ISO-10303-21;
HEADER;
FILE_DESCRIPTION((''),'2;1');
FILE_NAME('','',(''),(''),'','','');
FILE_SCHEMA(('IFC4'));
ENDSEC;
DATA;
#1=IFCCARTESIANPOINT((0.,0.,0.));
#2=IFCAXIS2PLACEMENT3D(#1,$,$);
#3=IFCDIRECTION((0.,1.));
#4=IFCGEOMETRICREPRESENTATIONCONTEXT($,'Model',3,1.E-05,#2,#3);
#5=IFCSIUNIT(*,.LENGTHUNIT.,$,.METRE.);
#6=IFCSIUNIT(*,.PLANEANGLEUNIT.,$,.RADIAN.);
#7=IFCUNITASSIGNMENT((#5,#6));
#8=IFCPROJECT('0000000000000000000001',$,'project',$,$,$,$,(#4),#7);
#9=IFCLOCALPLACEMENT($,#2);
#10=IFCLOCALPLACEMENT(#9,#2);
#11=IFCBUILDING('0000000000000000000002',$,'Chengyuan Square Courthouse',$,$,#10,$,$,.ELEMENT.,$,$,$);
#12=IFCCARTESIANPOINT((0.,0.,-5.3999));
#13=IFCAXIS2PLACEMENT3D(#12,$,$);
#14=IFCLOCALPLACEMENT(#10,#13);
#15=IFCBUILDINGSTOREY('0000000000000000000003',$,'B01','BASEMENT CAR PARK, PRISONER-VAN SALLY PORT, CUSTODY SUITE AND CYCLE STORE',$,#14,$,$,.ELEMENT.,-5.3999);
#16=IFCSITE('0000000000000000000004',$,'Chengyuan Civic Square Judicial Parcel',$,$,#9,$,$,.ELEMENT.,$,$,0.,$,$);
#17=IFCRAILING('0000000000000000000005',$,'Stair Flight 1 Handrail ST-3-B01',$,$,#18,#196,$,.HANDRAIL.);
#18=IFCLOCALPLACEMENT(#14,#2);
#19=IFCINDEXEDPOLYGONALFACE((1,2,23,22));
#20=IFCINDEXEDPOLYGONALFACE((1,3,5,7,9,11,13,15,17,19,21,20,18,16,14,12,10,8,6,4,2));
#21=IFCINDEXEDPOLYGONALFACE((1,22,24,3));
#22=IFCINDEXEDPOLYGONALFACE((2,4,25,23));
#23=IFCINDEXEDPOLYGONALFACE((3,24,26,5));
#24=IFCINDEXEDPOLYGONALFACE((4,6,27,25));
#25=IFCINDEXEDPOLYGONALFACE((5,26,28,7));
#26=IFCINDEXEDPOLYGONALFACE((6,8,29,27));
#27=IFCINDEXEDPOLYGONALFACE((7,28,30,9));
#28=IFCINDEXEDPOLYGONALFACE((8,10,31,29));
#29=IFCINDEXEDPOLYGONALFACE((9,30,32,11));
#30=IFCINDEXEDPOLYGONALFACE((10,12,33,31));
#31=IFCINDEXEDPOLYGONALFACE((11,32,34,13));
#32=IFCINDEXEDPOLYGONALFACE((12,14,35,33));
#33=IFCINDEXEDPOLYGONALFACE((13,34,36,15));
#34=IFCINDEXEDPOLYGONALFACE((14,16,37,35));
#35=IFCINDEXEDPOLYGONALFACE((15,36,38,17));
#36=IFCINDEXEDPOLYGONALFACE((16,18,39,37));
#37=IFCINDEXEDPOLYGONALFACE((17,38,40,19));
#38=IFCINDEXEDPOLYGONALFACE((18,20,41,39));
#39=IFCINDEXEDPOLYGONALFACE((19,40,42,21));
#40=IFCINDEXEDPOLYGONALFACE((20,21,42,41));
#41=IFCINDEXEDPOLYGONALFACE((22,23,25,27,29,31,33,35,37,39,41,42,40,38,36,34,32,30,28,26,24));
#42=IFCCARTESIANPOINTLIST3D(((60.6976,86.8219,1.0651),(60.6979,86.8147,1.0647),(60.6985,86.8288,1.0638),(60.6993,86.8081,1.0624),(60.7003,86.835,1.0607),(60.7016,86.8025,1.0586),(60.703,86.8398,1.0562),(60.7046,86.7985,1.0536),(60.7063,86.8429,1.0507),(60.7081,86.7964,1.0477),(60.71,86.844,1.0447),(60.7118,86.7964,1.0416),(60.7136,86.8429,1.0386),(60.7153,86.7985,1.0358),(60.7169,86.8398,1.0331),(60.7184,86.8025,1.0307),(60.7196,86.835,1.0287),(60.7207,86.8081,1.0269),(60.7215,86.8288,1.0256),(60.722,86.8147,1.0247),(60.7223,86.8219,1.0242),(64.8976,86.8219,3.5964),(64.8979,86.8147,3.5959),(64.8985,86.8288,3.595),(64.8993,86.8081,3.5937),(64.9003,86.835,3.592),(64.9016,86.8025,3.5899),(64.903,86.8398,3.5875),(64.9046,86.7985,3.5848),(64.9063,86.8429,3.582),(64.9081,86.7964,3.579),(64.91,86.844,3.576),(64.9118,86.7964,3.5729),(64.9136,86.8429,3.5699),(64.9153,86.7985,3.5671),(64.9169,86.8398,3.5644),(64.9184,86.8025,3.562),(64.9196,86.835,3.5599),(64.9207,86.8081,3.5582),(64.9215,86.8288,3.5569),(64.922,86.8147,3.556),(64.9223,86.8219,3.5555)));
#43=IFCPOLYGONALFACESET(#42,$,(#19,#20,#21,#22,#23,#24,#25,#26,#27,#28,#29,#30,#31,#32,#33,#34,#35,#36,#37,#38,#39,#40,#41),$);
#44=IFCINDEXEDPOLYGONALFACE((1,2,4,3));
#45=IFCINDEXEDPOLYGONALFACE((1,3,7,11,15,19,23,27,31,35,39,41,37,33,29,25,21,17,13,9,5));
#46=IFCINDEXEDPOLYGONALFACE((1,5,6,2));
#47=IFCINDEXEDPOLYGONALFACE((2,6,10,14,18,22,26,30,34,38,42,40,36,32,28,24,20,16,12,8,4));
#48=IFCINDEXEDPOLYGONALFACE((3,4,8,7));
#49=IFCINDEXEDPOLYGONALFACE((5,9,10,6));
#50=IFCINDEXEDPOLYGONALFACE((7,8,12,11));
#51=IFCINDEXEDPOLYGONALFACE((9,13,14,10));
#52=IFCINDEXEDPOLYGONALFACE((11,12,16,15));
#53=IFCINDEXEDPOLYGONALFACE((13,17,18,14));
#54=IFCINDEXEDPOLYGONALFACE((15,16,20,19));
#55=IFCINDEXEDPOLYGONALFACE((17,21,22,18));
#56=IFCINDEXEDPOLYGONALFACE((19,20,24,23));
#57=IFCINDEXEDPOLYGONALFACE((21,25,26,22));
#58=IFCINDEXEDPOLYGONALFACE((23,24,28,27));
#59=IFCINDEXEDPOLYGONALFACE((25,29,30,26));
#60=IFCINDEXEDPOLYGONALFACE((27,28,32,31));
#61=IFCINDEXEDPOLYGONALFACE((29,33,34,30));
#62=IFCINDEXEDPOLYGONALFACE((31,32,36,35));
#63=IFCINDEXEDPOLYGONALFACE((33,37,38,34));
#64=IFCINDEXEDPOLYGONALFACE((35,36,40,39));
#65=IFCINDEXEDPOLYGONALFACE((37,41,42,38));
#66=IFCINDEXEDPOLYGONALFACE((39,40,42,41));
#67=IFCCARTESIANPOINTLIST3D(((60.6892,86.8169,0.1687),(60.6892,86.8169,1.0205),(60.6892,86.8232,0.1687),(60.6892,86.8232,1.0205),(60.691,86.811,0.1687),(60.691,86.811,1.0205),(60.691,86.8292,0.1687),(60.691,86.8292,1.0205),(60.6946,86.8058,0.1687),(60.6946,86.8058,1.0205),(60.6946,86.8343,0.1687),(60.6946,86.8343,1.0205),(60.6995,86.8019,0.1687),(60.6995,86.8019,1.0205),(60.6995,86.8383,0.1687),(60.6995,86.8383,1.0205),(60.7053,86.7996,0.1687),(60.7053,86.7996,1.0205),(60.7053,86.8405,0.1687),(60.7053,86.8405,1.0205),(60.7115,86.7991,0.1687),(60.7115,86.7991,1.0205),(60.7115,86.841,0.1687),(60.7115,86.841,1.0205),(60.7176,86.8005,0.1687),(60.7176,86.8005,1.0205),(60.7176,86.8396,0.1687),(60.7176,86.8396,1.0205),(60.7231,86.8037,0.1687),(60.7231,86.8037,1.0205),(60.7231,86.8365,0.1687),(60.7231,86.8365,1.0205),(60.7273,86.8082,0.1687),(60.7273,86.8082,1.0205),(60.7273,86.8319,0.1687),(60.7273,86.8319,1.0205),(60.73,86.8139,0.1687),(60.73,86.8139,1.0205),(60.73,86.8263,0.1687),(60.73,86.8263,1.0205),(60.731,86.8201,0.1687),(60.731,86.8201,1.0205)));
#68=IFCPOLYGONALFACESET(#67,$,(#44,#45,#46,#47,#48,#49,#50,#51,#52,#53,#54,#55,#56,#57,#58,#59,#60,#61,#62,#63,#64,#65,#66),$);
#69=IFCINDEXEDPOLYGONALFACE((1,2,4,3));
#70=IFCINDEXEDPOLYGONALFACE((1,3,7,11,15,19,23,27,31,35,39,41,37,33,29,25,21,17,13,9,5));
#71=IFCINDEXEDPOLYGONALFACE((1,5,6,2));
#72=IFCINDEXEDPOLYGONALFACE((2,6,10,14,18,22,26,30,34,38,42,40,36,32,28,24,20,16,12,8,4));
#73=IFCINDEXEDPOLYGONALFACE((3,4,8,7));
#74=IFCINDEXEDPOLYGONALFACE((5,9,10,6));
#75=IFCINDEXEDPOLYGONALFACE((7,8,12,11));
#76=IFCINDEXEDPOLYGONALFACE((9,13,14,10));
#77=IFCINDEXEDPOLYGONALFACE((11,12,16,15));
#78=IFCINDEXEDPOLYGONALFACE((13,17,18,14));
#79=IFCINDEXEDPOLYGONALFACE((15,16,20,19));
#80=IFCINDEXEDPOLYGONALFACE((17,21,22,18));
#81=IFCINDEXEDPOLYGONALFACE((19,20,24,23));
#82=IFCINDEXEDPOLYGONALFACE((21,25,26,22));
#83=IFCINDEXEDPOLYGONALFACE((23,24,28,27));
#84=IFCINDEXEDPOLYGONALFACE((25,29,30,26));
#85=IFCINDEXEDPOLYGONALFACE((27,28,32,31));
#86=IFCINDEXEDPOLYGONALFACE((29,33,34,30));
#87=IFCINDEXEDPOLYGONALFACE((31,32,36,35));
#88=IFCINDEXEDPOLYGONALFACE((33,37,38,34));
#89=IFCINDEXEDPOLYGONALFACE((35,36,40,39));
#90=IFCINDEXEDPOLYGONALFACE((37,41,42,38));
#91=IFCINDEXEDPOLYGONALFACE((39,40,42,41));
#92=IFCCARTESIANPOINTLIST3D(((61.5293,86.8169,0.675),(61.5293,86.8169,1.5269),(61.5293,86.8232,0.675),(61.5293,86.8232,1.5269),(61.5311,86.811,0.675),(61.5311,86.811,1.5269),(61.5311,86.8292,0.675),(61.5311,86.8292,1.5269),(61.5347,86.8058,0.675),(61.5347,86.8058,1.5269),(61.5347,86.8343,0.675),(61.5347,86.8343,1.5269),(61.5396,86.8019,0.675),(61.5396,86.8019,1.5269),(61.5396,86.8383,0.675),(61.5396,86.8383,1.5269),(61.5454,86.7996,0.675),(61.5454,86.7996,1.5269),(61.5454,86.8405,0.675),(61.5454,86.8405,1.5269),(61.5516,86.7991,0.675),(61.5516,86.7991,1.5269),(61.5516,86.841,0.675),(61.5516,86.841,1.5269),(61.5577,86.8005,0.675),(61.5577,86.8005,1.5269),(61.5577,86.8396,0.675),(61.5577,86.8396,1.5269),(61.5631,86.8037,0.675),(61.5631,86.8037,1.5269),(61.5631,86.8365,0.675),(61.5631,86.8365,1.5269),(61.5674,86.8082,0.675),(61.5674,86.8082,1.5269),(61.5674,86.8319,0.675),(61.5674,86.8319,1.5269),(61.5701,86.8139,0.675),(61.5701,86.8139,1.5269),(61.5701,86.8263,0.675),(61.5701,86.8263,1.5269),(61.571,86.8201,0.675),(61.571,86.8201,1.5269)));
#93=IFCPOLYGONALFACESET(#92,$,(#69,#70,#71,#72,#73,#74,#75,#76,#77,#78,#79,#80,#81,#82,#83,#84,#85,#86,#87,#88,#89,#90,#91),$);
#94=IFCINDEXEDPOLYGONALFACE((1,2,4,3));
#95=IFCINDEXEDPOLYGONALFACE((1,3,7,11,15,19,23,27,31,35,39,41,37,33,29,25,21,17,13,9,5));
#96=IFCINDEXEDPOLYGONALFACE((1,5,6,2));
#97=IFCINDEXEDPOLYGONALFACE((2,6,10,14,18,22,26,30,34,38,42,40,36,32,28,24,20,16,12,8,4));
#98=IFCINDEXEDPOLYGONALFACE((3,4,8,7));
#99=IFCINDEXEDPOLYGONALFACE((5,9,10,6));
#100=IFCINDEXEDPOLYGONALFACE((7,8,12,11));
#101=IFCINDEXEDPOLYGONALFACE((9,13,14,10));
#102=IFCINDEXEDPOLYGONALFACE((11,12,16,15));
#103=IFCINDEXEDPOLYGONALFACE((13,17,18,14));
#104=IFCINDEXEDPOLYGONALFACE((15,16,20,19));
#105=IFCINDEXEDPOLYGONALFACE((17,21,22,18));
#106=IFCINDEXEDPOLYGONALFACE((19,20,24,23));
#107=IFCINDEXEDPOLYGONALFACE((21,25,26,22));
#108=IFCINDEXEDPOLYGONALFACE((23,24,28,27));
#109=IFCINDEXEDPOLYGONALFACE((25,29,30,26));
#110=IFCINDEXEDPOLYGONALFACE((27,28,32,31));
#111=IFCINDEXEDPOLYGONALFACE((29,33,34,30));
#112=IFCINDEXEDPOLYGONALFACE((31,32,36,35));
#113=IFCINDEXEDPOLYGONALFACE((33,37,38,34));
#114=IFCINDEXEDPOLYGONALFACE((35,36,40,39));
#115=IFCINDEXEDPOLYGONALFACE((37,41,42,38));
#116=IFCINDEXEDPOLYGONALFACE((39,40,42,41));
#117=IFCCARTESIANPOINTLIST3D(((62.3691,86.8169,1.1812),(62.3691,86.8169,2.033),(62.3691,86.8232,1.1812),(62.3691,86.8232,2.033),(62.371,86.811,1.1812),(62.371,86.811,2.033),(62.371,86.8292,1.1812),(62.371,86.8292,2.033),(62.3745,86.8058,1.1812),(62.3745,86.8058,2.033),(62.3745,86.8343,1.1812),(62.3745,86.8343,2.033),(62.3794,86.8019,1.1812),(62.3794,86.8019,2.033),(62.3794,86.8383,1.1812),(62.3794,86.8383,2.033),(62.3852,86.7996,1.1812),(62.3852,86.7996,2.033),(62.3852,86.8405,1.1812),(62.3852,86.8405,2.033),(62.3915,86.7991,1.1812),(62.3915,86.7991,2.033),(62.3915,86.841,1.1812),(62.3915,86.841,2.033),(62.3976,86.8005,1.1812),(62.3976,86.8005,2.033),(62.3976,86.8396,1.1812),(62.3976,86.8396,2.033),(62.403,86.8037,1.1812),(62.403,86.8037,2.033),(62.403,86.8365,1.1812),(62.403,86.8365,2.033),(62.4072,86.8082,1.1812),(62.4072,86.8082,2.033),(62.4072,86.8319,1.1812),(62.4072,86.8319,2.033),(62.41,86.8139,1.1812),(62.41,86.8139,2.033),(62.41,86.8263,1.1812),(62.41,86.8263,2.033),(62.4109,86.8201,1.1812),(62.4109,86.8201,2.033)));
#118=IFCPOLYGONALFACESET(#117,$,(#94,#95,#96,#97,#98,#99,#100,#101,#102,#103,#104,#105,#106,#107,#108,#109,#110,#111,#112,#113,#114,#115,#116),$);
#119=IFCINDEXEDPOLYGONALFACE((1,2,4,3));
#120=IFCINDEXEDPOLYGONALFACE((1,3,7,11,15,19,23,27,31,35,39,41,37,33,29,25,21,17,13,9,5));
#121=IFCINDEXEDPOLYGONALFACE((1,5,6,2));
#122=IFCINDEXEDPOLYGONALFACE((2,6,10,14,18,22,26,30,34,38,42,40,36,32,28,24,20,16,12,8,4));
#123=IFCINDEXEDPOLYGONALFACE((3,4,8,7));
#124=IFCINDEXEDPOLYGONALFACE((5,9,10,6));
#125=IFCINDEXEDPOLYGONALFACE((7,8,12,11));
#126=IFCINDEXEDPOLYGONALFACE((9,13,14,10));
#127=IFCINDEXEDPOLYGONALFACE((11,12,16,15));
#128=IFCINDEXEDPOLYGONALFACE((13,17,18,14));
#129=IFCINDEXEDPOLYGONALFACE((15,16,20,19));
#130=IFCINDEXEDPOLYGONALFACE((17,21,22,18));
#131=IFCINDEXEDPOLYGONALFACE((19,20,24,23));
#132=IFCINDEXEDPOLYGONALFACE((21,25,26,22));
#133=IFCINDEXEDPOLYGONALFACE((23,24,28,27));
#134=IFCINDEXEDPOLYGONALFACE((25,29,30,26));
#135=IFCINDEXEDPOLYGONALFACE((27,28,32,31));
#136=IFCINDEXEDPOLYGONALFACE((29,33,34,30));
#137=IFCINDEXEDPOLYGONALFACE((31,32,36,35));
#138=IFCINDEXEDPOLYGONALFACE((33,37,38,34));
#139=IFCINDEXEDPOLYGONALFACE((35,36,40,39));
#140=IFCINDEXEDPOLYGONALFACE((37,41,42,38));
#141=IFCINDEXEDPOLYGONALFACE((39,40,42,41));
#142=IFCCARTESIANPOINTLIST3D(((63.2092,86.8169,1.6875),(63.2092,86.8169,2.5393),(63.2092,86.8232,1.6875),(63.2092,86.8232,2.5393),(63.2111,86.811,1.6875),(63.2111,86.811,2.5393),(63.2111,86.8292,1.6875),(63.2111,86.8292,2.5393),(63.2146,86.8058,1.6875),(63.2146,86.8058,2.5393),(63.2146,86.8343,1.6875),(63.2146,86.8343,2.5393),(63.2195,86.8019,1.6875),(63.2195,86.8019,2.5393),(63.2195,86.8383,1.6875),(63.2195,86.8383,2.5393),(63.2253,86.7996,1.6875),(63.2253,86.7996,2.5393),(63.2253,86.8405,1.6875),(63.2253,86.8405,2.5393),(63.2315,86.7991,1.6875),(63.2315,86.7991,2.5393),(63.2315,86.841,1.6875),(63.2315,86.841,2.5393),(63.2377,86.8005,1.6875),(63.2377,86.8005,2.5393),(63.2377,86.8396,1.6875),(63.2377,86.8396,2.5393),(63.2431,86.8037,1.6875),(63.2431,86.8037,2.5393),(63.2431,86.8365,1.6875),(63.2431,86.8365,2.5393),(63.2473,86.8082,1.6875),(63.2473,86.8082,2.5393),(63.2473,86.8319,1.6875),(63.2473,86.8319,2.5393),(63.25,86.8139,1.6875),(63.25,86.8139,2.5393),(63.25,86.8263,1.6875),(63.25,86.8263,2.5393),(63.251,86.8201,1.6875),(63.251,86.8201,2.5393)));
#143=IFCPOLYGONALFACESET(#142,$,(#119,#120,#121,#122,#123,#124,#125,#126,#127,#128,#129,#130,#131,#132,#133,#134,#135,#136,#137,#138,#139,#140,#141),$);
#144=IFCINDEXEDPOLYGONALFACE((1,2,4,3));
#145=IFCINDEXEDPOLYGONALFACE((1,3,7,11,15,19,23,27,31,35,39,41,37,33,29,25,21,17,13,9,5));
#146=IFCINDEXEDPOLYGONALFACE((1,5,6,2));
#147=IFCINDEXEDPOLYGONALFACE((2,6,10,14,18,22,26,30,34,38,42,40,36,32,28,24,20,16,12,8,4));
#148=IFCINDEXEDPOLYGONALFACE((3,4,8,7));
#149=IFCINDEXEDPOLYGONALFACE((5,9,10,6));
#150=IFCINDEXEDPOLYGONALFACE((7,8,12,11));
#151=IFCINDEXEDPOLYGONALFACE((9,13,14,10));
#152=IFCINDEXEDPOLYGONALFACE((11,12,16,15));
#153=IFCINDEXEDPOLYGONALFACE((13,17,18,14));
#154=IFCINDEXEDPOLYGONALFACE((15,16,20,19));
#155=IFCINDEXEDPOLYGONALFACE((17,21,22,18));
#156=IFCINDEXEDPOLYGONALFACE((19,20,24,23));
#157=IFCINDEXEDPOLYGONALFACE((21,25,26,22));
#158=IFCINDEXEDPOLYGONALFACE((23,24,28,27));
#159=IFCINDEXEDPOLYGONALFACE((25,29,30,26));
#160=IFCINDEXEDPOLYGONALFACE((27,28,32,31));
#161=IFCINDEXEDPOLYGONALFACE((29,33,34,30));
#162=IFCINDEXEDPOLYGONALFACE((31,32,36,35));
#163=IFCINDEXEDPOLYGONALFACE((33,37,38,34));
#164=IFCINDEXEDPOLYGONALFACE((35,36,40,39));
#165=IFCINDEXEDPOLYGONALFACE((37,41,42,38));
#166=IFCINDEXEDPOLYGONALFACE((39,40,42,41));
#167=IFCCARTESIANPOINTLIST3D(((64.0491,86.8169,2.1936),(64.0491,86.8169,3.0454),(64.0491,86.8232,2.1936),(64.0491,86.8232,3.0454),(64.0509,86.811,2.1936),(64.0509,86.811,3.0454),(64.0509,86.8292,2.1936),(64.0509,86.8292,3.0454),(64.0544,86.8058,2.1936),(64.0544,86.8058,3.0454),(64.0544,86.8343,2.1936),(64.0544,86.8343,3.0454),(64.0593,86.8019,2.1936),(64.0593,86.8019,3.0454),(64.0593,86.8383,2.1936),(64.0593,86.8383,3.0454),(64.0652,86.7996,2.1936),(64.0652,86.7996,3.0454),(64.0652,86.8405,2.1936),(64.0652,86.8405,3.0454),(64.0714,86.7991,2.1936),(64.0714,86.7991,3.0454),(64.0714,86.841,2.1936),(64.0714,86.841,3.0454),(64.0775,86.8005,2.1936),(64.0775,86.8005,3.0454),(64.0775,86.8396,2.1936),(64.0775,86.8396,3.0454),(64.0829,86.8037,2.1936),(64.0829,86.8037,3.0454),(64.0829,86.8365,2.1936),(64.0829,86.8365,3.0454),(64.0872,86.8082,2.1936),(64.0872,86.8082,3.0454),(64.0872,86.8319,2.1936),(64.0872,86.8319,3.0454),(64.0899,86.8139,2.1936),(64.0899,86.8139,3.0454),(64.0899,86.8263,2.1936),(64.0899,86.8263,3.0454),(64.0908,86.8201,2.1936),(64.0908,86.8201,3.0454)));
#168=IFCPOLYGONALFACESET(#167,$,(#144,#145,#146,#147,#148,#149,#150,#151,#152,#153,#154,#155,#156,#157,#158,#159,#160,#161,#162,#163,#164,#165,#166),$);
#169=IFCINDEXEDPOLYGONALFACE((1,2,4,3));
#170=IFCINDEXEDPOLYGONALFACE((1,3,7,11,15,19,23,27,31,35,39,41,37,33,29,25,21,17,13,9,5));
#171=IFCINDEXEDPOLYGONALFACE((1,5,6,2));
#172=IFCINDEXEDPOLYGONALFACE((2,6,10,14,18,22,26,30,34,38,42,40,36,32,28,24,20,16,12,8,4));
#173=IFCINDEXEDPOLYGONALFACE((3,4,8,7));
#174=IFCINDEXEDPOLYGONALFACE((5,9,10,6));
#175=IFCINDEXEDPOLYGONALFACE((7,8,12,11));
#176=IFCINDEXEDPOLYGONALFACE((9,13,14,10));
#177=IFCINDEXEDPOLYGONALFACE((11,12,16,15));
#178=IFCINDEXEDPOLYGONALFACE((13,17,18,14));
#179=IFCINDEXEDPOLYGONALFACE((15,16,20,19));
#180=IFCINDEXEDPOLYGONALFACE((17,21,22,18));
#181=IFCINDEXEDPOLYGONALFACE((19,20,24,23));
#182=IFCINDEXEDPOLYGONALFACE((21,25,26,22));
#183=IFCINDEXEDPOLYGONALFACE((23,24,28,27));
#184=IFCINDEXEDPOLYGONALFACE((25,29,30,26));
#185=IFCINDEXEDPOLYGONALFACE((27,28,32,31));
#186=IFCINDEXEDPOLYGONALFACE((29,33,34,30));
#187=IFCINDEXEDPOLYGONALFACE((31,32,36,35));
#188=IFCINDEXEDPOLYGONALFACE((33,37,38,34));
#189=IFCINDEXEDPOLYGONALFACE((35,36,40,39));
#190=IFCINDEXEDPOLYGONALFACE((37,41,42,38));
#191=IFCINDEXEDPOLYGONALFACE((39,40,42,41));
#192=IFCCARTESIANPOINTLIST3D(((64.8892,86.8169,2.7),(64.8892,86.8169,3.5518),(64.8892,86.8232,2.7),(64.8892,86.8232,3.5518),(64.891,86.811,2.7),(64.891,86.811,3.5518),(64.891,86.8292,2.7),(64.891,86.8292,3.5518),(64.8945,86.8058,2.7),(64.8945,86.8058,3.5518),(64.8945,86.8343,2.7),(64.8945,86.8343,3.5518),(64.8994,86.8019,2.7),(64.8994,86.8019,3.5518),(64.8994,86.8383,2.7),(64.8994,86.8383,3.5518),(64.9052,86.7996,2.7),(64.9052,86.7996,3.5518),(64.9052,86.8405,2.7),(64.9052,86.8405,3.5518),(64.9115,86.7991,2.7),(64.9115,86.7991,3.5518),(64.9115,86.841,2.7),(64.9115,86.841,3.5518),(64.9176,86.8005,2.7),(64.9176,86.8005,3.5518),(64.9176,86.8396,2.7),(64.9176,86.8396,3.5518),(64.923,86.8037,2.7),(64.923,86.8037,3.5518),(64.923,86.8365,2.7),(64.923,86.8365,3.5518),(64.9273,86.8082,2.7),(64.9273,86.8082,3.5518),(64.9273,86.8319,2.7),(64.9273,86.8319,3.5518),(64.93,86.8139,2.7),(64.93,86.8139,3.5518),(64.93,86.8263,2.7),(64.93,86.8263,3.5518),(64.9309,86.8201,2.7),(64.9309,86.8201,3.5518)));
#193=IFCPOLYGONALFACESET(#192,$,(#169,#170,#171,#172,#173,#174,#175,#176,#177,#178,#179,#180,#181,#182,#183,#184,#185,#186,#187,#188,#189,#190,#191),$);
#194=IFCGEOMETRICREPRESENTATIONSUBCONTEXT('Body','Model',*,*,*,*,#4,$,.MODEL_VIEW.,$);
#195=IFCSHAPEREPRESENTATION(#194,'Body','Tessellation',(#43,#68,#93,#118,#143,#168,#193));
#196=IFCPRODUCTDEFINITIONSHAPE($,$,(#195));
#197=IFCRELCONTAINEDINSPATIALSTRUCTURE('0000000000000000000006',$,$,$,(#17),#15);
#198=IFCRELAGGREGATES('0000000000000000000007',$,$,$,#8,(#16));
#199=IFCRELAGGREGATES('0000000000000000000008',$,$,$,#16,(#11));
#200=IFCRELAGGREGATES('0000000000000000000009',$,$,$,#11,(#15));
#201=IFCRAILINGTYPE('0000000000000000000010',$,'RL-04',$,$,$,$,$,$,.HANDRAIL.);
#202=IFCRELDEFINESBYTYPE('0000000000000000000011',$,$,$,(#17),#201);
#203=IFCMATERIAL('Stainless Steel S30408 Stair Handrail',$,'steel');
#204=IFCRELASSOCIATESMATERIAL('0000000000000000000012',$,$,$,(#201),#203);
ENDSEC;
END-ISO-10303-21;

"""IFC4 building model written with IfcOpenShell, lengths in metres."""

from ifc_helpers import new_model, si_unit, direction, frame, origin, origin_2d, place, context, subcontext, project, spatial, circle, extrude, material, type_object, element, save


model = new_model("IFC4")

# Units and contexts
model_context = context("Model", 3, precision=1e-05, world=origin(), true_north=direction((0.0, 1.0)))
body_context = subcontext(model_context, "Body", "Model", "MODEL_VIEW")
ifc_project = project(units=[si_unit("LENGTHUNIT", "METRE"), si_unit("PLANEANGLEUNIT", "RADIAN")], contexts=[model_context])

# Site, building, storey
site_placement = place(None, origin())
site = spatial("IfcSite", under=ifc_project, at=site_placement, Name="Chengyuan Civic Square Judicial Parcel", CompositionType="ELEMENT", RefElevation=0.0)
building_placement = place(site_placement, origin())
building = spatial("IfcBuilding", under=site, at=building_placement, Name="Chengyuan Square Courthouse", CompositionType="ELEMENT")
storey_placement = place(building_placement, frame((0.0, 0.0, -5.3999)))
storey = spatial("IfcBuildingStorey", under=building, at=storey_placement, Name="B01", Description="BASEMENT CAR PARK, PRISONER-VAN SALLY PORT, CUSTODY SUITE AND CYCLE STORE", CompositionType="ELEMENT", Elevation=-5.3999)

# Railing
ifc_material_1 = material(Name="Stainless Steel S30408 Stair Handrail", Category="steel")
railing_type_1 = type_object("IfcRailingType", Name="RL-04", PredefinedType="HANDRAIL", material=ifc_material_1)
railing_1_placement = place(storey_placement, frame((60.71, 86.8201, 0.1687)))
element("IfcRailing", 1, at=railing_1_placement, inside=storey, type_object=railing_type_1, Name="Stair Flight 1 Handrail ST-3-B01", PredefinedType="HANDRAIL", context=body_context, shape_type="SweptSolid", body=[
    extrude(circle(Radius=0.0239, at=origin_2d()), frame((0.0, 0.0, 0.876), z_axis=(0.856476, 0.0, 0.516186), x_axis=(0.0, 1.0, 0.0)), (0.0, 0.0, 1.0), 4.9038),
    extrude(circle(Radius=0.021, at=origin_2d()), origin(), (0.0, 0.0, 1.0), 0.8518),
    extrude(circle(Radius=0.021, at=origin_2d()), frame((0.8401, 0.0, 0.5063)), (0.0, 0.0, 1.0), 0.8518),
    extrude(circle(Radius=0.021, at=origin_2d()), frame((1.6799, 0.0, 1.0125)), (0.0, 0.0, 1.0), 0.8518),
    extrude(circle(Radius=0.021, at=origin_2d()), frame((2.52, 0.0, 1.5188)), (0.0, 0.0, 1.0), 0.8518),
    extrude(circle(Radius=0.021, at=origin_2d()), frame((3.3599, 0.0, 2.0249)), (0.0, 0.0, 1.0), 0.8518),
    extrude(circle(Radius=0.021, at=origin_2d()), frame((4.2, 0.0, 2.5312)), (0.0, 0.0, 1.0), 0.8518),
])

save(model, "model.ifc")
